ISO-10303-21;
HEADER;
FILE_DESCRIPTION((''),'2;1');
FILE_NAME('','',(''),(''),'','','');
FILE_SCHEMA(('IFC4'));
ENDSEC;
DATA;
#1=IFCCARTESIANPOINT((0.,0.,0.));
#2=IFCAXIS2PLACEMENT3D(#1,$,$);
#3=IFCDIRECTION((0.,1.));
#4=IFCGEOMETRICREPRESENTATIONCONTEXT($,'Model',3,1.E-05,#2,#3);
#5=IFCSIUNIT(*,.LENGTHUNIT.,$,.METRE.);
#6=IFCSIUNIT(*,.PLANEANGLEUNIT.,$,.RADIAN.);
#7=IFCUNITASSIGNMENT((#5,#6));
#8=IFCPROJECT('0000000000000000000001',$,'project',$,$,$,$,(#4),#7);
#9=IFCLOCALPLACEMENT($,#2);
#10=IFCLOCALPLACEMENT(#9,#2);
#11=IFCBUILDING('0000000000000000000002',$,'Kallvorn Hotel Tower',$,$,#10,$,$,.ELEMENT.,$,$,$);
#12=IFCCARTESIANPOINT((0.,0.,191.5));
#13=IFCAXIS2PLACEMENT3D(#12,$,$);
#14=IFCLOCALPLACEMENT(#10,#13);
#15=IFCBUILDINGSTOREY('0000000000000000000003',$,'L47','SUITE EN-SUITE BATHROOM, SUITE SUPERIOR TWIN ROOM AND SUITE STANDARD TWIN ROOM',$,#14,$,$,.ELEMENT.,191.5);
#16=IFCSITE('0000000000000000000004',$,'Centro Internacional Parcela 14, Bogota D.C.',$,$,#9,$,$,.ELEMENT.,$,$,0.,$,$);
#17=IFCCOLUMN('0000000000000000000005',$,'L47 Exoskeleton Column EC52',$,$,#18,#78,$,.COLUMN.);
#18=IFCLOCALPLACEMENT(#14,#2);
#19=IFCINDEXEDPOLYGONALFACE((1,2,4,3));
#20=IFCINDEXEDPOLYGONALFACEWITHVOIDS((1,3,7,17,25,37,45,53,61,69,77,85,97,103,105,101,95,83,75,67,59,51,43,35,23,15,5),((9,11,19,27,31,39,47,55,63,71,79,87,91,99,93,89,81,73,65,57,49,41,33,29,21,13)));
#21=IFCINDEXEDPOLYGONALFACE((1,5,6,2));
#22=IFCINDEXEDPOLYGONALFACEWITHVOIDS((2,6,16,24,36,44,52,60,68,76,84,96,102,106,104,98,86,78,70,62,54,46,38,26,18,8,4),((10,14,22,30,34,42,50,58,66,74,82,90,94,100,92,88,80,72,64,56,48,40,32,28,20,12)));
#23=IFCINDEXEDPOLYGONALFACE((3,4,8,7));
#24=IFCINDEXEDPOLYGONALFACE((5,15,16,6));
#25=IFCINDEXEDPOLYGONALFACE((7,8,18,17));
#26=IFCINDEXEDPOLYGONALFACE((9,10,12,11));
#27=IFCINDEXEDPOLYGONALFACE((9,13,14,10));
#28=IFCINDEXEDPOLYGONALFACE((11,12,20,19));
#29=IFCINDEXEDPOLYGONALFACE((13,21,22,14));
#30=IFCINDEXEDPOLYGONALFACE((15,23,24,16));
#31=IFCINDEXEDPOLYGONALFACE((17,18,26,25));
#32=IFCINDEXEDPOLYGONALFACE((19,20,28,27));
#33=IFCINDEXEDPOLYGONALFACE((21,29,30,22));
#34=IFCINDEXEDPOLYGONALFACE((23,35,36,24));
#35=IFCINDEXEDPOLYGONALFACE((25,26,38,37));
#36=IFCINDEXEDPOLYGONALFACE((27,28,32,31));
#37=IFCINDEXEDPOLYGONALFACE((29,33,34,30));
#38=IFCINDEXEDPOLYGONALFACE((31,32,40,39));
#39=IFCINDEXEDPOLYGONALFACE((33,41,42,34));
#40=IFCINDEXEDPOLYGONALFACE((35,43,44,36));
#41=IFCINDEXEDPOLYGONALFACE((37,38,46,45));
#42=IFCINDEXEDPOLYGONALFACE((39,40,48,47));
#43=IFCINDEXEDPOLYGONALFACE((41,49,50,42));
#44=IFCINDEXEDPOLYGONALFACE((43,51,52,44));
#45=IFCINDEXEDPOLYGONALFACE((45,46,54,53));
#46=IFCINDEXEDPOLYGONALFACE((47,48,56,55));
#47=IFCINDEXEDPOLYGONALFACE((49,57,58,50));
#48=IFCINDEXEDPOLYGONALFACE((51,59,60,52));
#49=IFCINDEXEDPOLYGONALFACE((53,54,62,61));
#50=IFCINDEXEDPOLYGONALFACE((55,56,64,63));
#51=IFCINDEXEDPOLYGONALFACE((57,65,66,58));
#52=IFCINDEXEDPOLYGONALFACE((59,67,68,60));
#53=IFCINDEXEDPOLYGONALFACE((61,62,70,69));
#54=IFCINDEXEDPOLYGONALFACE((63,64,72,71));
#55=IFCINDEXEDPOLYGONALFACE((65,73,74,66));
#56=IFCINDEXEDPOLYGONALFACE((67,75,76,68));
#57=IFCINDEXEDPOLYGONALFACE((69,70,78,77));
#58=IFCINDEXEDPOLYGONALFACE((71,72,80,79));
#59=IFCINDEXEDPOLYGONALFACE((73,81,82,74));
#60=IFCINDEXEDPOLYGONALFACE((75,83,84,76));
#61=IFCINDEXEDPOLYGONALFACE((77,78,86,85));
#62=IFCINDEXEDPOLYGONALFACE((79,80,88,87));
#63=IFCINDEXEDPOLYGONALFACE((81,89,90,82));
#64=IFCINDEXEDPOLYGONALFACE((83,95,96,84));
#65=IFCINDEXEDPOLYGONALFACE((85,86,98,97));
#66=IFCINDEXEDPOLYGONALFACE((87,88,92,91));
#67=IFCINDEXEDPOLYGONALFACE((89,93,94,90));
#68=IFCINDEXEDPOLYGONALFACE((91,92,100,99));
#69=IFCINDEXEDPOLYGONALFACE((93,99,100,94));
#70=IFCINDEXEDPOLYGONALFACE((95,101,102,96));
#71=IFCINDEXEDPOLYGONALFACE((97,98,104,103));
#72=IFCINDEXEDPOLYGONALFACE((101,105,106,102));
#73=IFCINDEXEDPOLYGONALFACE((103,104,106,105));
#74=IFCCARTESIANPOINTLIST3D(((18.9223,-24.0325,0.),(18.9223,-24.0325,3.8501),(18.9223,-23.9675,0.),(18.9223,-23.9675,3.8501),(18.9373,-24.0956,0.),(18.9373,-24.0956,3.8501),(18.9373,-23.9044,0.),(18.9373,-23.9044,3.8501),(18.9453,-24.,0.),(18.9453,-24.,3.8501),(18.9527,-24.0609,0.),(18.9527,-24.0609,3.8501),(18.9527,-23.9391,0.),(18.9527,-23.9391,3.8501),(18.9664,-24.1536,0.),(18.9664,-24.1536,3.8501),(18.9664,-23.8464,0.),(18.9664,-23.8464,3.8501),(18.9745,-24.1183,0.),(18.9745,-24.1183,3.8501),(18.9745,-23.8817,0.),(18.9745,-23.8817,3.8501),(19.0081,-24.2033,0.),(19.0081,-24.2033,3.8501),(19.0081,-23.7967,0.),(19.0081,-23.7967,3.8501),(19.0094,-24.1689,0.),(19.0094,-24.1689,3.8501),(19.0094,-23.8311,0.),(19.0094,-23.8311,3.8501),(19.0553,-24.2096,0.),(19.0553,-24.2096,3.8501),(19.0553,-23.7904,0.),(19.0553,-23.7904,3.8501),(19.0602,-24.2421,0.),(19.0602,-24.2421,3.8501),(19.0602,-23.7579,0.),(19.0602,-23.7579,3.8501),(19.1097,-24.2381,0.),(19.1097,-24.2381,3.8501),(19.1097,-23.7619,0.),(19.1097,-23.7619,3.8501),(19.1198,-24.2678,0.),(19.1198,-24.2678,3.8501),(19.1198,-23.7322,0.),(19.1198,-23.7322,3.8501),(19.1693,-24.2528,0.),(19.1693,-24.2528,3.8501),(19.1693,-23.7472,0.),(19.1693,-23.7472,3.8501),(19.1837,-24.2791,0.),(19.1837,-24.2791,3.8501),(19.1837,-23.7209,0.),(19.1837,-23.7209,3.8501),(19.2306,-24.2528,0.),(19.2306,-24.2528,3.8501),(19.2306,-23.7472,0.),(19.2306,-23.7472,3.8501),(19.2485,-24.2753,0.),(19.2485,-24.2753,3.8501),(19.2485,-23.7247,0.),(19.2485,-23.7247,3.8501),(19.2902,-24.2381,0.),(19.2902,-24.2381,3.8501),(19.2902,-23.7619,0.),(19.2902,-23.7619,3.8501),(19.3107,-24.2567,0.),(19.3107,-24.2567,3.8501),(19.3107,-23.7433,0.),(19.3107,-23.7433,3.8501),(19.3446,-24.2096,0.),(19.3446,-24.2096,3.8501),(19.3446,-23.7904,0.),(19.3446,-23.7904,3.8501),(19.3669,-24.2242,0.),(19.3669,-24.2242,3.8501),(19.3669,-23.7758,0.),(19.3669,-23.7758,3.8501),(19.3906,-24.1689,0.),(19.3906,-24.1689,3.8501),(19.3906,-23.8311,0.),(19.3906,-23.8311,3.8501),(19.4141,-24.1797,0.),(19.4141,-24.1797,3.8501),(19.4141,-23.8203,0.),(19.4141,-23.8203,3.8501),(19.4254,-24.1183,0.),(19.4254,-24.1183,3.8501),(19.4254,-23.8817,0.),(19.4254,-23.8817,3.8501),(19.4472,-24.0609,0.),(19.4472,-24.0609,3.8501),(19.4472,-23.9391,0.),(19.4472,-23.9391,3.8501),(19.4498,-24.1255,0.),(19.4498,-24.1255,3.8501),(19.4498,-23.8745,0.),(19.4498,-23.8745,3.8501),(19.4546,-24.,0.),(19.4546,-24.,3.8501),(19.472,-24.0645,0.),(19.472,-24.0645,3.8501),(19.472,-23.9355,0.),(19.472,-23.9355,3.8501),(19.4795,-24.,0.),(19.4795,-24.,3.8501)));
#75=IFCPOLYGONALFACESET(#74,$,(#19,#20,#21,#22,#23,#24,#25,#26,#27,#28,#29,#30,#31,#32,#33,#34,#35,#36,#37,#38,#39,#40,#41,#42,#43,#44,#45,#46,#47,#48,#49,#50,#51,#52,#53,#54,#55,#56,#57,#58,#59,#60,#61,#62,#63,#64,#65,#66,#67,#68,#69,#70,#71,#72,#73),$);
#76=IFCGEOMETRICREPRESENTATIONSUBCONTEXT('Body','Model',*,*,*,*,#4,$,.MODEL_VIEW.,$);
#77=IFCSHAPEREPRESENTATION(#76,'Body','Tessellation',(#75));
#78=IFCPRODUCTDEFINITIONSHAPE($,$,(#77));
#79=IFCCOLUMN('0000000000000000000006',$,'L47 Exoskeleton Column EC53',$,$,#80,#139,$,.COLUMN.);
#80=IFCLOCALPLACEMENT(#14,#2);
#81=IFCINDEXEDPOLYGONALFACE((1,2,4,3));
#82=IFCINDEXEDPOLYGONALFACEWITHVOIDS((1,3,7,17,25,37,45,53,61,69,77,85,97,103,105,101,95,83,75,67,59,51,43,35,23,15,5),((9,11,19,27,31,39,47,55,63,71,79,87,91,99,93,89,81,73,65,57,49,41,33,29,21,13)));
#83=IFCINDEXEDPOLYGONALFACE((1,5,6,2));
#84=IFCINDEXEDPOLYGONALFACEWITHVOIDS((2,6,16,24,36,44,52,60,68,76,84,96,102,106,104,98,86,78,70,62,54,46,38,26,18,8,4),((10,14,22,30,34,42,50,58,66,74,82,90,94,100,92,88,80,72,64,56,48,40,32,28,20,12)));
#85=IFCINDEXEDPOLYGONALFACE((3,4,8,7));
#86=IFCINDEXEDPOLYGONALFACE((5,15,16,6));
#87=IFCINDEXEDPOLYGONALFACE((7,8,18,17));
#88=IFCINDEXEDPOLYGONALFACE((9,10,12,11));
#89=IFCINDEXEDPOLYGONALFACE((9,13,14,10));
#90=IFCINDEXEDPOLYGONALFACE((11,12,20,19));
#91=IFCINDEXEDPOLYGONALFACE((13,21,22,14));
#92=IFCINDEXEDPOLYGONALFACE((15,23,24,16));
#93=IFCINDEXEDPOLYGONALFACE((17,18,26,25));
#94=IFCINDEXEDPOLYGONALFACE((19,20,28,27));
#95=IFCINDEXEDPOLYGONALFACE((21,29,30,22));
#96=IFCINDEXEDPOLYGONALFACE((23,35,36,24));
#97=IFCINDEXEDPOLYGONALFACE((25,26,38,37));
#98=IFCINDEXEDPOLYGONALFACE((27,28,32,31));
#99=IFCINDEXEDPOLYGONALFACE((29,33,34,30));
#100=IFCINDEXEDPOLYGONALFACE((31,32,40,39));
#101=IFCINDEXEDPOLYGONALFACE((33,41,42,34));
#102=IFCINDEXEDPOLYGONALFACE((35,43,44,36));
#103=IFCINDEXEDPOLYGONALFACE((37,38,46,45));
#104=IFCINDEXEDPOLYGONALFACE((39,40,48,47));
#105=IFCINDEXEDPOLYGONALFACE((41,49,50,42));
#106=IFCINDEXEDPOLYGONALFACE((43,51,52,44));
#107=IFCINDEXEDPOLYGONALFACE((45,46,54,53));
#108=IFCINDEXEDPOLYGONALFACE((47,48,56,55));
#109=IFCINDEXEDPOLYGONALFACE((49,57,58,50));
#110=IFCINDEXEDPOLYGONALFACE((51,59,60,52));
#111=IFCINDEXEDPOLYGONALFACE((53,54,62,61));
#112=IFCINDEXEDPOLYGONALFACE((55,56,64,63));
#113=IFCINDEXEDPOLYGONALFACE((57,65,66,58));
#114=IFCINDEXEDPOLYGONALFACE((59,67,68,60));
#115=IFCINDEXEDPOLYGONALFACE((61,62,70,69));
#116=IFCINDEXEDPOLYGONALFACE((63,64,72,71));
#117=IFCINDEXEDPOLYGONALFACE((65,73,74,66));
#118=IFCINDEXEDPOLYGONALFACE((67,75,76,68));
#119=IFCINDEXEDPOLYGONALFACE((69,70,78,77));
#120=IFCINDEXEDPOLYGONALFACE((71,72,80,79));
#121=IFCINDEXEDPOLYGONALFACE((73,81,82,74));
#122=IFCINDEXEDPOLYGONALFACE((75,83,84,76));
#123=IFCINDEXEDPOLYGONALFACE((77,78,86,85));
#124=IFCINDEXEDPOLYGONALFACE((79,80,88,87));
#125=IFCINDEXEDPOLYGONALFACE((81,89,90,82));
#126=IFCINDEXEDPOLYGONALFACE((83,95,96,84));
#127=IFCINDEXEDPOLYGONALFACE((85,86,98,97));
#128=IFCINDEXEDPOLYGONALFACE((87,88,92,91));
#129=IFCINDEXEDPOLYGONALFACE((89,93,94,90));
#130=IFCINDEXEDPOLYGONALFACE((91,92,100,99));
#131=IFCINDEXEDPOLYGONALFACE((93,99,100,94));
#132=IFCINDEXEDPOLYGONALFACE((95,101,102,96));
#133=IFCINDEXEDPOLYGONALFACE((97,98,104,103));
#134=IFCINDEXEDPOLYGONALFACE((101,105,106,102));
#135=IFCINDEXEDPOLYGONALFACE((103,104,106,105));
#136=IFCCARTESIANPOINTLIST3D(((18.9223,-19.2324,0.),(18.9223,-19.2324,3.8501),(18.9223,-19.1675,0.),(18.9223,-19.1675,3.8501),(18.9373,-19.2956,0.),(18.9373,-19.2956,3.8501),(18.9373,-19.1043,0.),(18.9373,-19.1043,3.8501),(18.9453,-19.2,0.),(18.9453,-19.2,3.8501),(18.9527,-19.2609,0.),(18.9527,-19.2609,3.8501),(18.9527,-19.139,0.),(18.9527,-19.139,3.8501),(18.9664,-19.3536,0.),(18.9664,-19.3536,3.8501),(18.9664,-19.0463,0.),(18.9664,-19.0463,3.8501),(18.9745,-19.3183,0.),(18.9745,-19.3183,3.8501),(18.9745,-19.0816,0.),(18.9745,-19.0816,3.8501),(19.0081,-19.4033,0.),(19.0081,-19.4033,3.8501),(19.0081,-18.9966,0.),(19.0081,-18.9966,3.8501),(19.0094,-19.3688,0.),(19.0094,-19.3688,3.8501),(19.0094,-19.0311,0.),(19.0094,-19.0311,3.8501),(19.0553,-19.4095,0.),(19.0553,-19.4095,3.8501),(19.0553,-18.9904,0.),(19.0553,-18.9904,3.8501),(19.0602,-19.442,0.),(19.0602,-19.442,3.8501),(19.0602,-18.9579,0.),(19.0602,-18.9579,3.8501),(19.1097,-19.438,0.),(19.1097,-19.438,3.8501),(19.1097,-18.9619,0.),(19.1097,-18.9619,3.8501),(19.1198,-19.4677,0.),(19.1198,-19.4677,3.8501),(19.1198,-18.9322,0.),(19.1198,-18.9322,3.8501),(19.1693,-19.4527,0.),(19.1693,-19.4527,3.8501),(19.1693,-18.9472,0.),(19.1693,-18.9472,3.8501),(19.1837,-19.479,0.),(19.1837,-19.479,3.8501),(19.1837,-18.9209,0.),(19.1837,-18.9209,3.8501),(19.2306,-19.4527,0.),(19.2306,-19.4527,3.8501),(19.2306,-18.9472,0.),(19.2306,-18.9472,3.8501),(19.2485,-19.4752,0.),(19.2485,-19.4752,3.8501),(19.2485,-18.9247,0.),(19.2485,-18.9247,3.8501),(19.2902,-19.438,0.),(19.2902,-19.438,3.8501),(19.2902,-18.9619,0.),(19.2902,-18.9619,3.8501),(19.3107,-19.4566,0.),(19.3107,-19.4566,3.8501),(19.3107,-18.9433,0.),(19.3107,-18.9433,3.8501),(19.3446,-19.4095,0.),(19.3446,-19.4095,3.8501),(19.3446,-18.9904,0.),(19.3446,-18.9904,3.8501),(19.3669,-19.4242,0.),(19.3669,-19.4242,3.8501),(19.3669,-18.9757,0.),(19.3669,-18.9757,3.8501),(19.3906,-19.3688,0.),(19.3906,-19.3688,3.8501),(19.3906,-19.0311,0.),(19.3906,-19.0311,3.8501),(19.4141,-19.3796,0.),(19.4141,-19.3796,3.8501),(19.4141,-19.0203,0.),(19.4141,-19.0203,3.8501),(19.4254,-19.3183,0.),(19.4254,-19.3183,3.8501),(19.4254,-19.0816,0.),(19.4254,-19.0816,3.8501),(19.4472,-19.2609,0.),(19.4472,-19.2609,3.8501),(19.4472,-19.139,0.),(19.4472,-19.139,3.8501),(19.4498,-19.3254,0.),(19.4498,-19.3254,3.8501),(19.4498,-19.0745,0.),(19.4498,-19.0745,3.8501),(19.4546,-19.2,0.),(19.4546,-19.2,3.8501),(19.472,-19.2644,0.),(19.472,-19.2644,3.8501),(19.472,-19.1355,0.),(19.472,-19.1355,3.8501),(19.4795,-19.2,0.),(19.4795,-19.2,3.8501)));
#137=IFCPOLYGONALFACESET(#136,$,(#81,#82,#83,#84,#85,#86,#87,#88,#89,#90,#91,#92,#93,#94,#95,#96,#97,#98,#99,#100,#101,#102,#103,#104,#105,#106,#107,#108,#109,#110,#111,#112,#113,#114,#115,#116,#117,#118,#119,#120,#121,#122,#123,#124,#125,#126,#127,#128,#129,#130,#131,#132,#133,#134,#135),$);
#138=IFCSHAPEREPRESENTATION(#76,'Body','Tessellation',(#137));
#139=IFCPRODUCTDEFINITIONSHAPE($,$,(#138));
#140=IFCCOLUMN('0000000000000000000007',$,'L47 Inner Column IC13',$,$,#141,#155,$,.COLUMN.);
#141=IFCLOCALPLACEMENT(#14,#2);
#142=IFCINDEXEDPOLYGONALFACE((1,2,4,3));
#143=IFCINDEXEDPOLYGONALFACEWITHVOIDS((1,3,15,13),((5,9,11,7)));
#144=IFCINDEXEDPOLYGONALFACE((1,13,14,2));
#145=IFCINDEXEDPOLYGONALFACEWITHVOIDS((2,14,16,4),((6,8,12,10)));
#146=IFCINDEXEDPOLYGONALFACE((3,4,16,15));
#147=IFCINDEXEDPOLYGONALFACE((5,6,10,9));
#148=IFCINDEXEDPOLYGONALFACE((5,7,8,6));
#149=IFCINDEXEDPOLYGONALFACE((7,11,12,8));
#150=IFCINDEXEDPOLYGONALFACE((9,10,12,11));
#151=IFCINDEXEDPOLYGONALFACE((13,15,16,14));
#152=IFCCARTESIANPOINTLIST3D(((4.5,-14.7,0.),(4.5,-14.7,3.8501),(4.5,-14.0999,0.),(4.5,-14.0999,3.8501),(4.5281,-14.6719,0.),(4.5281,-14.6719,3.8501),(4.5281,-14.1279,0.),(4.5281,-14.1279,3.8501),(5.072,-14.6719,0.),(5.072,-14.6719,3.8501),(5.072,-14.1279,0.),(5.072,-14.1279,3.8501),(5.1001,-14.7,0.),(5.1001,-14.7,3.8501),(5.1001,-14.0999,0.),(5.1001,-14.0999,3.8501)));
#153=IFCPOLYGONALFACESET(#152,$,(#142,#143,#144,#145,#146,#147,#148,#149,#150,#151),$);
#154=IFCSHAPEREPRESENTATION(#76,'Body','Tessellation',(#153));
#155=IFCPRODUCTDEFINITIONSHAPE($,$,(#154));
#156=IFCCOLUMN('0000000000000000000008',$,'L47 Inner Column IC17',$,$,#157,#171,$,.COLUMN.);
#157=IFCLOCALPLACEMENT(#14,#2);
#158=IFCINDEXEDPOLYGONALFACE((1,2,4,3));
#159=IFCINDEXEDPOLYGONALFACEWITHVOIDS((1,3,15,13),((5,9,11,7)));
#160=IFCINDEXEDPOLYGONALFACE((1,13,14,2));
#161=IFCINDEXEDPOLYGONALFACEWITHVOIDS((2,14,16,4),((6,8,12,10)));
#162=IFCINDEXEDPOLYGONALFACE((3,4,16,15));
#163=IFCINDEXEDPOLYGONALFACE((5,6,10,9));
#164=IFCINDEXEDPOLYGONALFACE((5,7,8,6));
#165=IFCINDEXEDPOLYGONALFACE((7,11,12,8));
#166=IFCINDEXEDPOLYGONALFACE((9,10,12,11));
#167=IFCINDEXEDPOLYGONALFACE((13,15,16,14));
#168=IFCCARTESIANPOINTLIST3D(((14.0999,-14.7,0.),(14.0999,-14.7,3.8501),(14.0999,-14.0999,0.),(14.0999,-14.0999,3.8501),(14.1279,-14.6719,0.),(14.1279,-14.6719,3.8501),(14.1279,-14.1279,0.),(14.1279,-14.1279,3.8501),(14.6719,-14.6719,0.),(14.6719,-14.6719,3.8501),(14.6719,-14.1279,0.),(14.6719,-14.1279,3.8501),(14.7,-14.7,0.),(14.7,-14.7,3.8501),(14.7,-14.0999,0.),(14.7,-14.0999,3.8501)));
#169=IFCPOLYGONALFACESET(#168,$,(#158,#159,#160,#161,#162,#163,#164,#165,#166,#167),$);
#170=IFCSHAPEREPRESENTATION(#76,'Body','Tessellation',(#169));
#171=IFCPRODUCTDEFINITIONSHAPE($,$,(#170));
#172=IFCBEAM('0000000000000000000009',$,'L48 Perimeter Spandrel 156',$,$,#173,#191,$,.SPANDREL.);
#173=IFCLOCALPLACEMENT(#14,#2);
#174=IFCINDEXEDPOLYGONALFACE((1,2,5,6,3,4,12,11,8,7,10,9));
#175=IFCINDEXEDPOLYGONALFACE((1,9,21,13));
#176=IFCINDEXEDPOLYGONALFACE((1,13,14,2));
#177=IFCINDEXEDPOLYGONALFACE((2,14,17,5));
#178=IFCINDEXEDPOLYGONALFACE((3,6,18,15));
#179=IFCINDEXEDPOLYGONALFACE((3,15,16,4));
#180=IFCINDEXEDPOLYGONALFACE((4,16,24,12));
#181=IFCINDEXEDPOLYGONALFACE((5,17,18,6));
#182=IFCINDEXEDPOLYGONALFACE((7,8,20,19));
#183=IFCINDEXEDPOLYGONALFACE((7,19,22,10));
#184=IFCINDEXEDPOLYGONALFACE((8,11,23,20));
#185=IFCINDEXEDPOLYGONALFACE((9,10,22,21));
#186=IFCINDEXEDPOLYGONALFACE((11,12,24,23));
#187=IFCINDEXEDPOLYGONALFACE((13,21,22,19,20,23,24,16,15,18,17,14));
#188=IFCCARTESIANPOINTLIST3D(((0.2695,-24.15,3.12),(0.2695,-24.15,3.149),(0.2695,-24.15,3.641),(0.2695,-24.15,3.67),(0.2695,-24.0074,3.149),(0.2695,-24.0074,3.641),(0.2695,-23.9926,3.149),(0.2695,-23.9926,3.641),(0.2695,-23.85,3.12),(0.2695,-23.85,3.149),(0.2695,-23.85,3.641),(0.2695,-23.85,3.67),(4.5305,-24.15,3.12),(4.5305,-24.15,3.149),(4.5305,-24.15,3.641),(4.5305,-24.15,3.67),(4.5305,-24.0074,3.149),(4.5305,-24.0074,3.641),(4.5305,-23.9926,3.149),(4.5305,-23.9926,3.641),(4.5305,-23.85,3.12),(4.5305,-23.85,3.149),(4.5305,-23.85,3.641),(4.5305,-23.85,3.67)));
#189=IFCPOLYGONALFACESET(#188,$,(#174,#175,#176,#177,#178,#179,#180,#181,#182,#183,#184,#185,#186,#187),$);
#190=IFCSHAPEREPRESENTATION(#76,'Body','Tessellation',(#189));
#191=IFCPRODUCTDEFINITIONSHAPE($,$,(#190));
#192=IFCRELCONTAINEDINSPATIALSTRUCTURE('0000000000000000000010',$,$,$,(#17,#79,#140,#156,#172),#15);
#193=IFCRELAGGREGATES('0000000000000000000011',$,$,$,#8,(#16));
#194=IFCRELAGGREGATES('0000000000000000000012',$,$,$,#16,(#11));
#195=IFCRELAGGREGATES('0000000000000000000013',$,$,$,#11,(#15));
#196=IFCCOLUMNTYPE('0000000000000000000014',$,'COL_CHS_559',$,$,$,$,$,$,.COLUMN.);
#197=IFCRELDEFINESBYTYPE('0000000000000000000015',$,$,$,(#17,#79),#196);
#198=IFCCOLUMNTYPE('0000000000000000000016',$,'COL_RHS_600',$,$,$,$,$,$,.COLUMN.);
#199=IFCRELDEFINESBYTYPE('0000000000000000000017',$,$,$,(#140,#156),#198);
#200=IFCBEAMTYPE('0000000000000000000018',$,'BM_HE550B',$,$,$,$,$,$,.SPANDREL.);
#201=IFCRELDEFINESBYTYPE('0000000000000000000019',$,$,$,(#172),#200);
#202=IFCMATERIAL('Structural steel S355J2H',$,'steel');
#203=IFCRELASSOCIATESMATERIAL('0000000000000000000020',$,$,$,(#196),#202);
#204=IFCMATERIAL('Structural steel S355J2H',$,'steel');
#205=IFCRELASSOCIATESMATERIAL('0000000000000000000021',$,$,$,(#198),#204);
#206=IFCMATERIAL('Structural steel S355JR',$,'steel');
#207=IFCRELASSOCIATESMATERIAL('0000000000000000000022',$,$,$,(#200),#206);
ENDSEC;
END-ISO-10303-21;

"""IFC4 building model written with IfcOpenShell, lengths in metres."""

from ifc_helpers import new_model, si_unit, direction, frame, origin, origin_2d, place, context, subcontext, project, spatial, hollow_rectangle, hollow_circle, i_section, extrude, material, material_profile, profile_set, type_object, element, save


model = new_model("IFC4")

# Units and contexts
model_context = context("Model", 3, precision=1e-05, world=origin(), true_north=direction((0.0, 1.0)))
body_context = subcontext(model_context, "Body", "Model", "MODEL_VIEW")
ifc_project = project(units=[si_unit("LENGTHUNIT", "METRE"), si_unit("PLANEANGLEUNIT", "RADIAN")], contexts=[model_context])

# Site, building, storey
site_placement = place(None, origin())
site = spatial("IfcSite", under=ifc_project, at=site_placement, Name="Centro Internacional Parcela 14, Bogota D.C.", CompositionType="ELEMENT", RefElevation=0.0)
building_placement = place(site_placement, origin())
building = spatial("IfcBuilding", under=site, at=building_placement, Name="Kallvorn Hotel Tower", CompositionType="ELEMENT")
storey_placement = place(building_placement, frame((0.0, 0.0, 191.5)))
storey = spatial("IfcBuildingStorey", under=building, at=storey_placement, Name="L47", Description="SUITE EN-SUITE BATHROOM, SUITE SUPERIOR TWIN ROOM AND SUITE STANDARD TWIN ROOM", CompositionType="ELEMENT", Elevation=191.5)

# Columns
ifc_material_1 = material(Name="Structural steel S355J2H", Category="steel")
ifc_material_profile_1 = material_profile(ifc_material_1, hollow_circle(Radius=0.2795, WallThickness=0.0249, at=origin_2d()), Name="CHS 559x25")
ifc_profile_set_1 = profile_set([ifc_material_profile_1], Name="Structural steel S355J2H")
column_type_1 = type_object("IfcColumnType", Name="COL_CHS_559", PredefinedType="COLUMN", material=ifc_profile_set_1)
for number, where, z_axis, x_axis, name in (
    (1, (19.2, -24.0, 0.0), (0.0, 0.0, 1.0), (1.0, 0.0, 0.0), "L47 Exoskeleton Column EC52"),
    (2, (19.2, -19.2, 0.0), (0.0, 0.0, 1.0), (1.0, 0.0, 0.0), "L47 Exoskeleton Column EC53"),
):
    element("IfcColumn", number, at=place(storey_placement, frame(where, z_axis=z_axis, x_axis=x_axis)), inside=storey, type_object=column_type_1, Name=name, PredefinedType="COLUMN", context=body_context, shape_type="SweptSolid", body=[
        extrude(hollow_circle(Radius=0.2795, WallThickness=0.0249, at=origin_2d()), origin(), (0.0, 0.0, 1.0), 3.8501),
    ])
ifc_material_2 = material(Name="Structural steel S355J2H", Category="steel")
ifc_material_profile_2 = material_profile(ifc_material_2, hollow_rectangle(XDim=0.6001, YDim=0.6001, WallThickness=0.0281, at=origin_2d()), Name="RHS 600x600x28")
ifc_profile_set_2 = profile_set([ifc_material_profile_2], Name="Structural steel S355J2H")
column_type_2 = type_object("IfcColumnType", Name="COL_RHS_600", PredefinedType="COLUMN", material=ifc_profile_set_2)
for number, where, z_axis, x_axis, name in (
    (3, (4.8, -14.3999, 0.0), (0.0, 0.0, 1.0), (1.0, 0.0, 0.0), "L47 Inner Column IC13"),
    (4, (14.3999, -14.3999, 0.0), (0.0, 0.0, 1.0), (1.0, 0.0, 0.0), "L47 Inner Column IC17"),
):
    element("IfcColumn", number, at=place(storey_placement, frame(where, z_axis=z_axis, x_axis=x_axis)), inside=storey, type_object=column_type_2, Name=name, PredefinedType="COLUMN", context=body_context, shape_type="SweptSolid", body=[
        extrude(hollow_rectangle(XDim=0.6001, YDim=0.6001, WallThickness=0.0281, at=origin_2d()), origin(), (0.0, 0.0, 1.0), 3.8501),
    ])

# Beam
ifc_material_3 = material(Name="Structural steel S355JR", Category="steel")
ifc_material_profile_3 = material_profile(ifc_material_3, i_section(OverallWidth=0.3, OverallDepth=0.55, WebThickness=0.0149, FlangeThickness=0.0291, at=origin_2d()), Name="HE 550 B")
ifc_profile_set_3 = profile_set([ifc_material_profile_3], Name="Structural steel S355JR")
beam_type_1 = type_object("IfcBeamType", Name="BM_HE550B", PredefinedType="SPANDREL", material=ifc_profile_set_3)
for number, where, z_axis, x_axis, name in (
    (5, (0.2695, -24.0, 3.395), (1.0, 0.0, 0.0), (0.0, 1.0, 0.0), "L48 Perimeter Spandrel 156"),
):
    element("IfcBeam", number, at=place(storey_placement, frame(where, z_axis=z_axis, x_axis=x_axis)), inside=storey, type_object=beam_type_1, Name=name, PredefinedType="SPANDREL", context=body_context, shape_type="SweptSolid", body=[
        extrude(i_section(OverallWidth=0.3, OverallDepth=0.55, WebThickness=0.0149, FlangeThickness=0.0291, at=origin_2d()), origin(), (0.0, 0.0, 1.0), 4.261),
    ])

save(model, "model.ifc")
